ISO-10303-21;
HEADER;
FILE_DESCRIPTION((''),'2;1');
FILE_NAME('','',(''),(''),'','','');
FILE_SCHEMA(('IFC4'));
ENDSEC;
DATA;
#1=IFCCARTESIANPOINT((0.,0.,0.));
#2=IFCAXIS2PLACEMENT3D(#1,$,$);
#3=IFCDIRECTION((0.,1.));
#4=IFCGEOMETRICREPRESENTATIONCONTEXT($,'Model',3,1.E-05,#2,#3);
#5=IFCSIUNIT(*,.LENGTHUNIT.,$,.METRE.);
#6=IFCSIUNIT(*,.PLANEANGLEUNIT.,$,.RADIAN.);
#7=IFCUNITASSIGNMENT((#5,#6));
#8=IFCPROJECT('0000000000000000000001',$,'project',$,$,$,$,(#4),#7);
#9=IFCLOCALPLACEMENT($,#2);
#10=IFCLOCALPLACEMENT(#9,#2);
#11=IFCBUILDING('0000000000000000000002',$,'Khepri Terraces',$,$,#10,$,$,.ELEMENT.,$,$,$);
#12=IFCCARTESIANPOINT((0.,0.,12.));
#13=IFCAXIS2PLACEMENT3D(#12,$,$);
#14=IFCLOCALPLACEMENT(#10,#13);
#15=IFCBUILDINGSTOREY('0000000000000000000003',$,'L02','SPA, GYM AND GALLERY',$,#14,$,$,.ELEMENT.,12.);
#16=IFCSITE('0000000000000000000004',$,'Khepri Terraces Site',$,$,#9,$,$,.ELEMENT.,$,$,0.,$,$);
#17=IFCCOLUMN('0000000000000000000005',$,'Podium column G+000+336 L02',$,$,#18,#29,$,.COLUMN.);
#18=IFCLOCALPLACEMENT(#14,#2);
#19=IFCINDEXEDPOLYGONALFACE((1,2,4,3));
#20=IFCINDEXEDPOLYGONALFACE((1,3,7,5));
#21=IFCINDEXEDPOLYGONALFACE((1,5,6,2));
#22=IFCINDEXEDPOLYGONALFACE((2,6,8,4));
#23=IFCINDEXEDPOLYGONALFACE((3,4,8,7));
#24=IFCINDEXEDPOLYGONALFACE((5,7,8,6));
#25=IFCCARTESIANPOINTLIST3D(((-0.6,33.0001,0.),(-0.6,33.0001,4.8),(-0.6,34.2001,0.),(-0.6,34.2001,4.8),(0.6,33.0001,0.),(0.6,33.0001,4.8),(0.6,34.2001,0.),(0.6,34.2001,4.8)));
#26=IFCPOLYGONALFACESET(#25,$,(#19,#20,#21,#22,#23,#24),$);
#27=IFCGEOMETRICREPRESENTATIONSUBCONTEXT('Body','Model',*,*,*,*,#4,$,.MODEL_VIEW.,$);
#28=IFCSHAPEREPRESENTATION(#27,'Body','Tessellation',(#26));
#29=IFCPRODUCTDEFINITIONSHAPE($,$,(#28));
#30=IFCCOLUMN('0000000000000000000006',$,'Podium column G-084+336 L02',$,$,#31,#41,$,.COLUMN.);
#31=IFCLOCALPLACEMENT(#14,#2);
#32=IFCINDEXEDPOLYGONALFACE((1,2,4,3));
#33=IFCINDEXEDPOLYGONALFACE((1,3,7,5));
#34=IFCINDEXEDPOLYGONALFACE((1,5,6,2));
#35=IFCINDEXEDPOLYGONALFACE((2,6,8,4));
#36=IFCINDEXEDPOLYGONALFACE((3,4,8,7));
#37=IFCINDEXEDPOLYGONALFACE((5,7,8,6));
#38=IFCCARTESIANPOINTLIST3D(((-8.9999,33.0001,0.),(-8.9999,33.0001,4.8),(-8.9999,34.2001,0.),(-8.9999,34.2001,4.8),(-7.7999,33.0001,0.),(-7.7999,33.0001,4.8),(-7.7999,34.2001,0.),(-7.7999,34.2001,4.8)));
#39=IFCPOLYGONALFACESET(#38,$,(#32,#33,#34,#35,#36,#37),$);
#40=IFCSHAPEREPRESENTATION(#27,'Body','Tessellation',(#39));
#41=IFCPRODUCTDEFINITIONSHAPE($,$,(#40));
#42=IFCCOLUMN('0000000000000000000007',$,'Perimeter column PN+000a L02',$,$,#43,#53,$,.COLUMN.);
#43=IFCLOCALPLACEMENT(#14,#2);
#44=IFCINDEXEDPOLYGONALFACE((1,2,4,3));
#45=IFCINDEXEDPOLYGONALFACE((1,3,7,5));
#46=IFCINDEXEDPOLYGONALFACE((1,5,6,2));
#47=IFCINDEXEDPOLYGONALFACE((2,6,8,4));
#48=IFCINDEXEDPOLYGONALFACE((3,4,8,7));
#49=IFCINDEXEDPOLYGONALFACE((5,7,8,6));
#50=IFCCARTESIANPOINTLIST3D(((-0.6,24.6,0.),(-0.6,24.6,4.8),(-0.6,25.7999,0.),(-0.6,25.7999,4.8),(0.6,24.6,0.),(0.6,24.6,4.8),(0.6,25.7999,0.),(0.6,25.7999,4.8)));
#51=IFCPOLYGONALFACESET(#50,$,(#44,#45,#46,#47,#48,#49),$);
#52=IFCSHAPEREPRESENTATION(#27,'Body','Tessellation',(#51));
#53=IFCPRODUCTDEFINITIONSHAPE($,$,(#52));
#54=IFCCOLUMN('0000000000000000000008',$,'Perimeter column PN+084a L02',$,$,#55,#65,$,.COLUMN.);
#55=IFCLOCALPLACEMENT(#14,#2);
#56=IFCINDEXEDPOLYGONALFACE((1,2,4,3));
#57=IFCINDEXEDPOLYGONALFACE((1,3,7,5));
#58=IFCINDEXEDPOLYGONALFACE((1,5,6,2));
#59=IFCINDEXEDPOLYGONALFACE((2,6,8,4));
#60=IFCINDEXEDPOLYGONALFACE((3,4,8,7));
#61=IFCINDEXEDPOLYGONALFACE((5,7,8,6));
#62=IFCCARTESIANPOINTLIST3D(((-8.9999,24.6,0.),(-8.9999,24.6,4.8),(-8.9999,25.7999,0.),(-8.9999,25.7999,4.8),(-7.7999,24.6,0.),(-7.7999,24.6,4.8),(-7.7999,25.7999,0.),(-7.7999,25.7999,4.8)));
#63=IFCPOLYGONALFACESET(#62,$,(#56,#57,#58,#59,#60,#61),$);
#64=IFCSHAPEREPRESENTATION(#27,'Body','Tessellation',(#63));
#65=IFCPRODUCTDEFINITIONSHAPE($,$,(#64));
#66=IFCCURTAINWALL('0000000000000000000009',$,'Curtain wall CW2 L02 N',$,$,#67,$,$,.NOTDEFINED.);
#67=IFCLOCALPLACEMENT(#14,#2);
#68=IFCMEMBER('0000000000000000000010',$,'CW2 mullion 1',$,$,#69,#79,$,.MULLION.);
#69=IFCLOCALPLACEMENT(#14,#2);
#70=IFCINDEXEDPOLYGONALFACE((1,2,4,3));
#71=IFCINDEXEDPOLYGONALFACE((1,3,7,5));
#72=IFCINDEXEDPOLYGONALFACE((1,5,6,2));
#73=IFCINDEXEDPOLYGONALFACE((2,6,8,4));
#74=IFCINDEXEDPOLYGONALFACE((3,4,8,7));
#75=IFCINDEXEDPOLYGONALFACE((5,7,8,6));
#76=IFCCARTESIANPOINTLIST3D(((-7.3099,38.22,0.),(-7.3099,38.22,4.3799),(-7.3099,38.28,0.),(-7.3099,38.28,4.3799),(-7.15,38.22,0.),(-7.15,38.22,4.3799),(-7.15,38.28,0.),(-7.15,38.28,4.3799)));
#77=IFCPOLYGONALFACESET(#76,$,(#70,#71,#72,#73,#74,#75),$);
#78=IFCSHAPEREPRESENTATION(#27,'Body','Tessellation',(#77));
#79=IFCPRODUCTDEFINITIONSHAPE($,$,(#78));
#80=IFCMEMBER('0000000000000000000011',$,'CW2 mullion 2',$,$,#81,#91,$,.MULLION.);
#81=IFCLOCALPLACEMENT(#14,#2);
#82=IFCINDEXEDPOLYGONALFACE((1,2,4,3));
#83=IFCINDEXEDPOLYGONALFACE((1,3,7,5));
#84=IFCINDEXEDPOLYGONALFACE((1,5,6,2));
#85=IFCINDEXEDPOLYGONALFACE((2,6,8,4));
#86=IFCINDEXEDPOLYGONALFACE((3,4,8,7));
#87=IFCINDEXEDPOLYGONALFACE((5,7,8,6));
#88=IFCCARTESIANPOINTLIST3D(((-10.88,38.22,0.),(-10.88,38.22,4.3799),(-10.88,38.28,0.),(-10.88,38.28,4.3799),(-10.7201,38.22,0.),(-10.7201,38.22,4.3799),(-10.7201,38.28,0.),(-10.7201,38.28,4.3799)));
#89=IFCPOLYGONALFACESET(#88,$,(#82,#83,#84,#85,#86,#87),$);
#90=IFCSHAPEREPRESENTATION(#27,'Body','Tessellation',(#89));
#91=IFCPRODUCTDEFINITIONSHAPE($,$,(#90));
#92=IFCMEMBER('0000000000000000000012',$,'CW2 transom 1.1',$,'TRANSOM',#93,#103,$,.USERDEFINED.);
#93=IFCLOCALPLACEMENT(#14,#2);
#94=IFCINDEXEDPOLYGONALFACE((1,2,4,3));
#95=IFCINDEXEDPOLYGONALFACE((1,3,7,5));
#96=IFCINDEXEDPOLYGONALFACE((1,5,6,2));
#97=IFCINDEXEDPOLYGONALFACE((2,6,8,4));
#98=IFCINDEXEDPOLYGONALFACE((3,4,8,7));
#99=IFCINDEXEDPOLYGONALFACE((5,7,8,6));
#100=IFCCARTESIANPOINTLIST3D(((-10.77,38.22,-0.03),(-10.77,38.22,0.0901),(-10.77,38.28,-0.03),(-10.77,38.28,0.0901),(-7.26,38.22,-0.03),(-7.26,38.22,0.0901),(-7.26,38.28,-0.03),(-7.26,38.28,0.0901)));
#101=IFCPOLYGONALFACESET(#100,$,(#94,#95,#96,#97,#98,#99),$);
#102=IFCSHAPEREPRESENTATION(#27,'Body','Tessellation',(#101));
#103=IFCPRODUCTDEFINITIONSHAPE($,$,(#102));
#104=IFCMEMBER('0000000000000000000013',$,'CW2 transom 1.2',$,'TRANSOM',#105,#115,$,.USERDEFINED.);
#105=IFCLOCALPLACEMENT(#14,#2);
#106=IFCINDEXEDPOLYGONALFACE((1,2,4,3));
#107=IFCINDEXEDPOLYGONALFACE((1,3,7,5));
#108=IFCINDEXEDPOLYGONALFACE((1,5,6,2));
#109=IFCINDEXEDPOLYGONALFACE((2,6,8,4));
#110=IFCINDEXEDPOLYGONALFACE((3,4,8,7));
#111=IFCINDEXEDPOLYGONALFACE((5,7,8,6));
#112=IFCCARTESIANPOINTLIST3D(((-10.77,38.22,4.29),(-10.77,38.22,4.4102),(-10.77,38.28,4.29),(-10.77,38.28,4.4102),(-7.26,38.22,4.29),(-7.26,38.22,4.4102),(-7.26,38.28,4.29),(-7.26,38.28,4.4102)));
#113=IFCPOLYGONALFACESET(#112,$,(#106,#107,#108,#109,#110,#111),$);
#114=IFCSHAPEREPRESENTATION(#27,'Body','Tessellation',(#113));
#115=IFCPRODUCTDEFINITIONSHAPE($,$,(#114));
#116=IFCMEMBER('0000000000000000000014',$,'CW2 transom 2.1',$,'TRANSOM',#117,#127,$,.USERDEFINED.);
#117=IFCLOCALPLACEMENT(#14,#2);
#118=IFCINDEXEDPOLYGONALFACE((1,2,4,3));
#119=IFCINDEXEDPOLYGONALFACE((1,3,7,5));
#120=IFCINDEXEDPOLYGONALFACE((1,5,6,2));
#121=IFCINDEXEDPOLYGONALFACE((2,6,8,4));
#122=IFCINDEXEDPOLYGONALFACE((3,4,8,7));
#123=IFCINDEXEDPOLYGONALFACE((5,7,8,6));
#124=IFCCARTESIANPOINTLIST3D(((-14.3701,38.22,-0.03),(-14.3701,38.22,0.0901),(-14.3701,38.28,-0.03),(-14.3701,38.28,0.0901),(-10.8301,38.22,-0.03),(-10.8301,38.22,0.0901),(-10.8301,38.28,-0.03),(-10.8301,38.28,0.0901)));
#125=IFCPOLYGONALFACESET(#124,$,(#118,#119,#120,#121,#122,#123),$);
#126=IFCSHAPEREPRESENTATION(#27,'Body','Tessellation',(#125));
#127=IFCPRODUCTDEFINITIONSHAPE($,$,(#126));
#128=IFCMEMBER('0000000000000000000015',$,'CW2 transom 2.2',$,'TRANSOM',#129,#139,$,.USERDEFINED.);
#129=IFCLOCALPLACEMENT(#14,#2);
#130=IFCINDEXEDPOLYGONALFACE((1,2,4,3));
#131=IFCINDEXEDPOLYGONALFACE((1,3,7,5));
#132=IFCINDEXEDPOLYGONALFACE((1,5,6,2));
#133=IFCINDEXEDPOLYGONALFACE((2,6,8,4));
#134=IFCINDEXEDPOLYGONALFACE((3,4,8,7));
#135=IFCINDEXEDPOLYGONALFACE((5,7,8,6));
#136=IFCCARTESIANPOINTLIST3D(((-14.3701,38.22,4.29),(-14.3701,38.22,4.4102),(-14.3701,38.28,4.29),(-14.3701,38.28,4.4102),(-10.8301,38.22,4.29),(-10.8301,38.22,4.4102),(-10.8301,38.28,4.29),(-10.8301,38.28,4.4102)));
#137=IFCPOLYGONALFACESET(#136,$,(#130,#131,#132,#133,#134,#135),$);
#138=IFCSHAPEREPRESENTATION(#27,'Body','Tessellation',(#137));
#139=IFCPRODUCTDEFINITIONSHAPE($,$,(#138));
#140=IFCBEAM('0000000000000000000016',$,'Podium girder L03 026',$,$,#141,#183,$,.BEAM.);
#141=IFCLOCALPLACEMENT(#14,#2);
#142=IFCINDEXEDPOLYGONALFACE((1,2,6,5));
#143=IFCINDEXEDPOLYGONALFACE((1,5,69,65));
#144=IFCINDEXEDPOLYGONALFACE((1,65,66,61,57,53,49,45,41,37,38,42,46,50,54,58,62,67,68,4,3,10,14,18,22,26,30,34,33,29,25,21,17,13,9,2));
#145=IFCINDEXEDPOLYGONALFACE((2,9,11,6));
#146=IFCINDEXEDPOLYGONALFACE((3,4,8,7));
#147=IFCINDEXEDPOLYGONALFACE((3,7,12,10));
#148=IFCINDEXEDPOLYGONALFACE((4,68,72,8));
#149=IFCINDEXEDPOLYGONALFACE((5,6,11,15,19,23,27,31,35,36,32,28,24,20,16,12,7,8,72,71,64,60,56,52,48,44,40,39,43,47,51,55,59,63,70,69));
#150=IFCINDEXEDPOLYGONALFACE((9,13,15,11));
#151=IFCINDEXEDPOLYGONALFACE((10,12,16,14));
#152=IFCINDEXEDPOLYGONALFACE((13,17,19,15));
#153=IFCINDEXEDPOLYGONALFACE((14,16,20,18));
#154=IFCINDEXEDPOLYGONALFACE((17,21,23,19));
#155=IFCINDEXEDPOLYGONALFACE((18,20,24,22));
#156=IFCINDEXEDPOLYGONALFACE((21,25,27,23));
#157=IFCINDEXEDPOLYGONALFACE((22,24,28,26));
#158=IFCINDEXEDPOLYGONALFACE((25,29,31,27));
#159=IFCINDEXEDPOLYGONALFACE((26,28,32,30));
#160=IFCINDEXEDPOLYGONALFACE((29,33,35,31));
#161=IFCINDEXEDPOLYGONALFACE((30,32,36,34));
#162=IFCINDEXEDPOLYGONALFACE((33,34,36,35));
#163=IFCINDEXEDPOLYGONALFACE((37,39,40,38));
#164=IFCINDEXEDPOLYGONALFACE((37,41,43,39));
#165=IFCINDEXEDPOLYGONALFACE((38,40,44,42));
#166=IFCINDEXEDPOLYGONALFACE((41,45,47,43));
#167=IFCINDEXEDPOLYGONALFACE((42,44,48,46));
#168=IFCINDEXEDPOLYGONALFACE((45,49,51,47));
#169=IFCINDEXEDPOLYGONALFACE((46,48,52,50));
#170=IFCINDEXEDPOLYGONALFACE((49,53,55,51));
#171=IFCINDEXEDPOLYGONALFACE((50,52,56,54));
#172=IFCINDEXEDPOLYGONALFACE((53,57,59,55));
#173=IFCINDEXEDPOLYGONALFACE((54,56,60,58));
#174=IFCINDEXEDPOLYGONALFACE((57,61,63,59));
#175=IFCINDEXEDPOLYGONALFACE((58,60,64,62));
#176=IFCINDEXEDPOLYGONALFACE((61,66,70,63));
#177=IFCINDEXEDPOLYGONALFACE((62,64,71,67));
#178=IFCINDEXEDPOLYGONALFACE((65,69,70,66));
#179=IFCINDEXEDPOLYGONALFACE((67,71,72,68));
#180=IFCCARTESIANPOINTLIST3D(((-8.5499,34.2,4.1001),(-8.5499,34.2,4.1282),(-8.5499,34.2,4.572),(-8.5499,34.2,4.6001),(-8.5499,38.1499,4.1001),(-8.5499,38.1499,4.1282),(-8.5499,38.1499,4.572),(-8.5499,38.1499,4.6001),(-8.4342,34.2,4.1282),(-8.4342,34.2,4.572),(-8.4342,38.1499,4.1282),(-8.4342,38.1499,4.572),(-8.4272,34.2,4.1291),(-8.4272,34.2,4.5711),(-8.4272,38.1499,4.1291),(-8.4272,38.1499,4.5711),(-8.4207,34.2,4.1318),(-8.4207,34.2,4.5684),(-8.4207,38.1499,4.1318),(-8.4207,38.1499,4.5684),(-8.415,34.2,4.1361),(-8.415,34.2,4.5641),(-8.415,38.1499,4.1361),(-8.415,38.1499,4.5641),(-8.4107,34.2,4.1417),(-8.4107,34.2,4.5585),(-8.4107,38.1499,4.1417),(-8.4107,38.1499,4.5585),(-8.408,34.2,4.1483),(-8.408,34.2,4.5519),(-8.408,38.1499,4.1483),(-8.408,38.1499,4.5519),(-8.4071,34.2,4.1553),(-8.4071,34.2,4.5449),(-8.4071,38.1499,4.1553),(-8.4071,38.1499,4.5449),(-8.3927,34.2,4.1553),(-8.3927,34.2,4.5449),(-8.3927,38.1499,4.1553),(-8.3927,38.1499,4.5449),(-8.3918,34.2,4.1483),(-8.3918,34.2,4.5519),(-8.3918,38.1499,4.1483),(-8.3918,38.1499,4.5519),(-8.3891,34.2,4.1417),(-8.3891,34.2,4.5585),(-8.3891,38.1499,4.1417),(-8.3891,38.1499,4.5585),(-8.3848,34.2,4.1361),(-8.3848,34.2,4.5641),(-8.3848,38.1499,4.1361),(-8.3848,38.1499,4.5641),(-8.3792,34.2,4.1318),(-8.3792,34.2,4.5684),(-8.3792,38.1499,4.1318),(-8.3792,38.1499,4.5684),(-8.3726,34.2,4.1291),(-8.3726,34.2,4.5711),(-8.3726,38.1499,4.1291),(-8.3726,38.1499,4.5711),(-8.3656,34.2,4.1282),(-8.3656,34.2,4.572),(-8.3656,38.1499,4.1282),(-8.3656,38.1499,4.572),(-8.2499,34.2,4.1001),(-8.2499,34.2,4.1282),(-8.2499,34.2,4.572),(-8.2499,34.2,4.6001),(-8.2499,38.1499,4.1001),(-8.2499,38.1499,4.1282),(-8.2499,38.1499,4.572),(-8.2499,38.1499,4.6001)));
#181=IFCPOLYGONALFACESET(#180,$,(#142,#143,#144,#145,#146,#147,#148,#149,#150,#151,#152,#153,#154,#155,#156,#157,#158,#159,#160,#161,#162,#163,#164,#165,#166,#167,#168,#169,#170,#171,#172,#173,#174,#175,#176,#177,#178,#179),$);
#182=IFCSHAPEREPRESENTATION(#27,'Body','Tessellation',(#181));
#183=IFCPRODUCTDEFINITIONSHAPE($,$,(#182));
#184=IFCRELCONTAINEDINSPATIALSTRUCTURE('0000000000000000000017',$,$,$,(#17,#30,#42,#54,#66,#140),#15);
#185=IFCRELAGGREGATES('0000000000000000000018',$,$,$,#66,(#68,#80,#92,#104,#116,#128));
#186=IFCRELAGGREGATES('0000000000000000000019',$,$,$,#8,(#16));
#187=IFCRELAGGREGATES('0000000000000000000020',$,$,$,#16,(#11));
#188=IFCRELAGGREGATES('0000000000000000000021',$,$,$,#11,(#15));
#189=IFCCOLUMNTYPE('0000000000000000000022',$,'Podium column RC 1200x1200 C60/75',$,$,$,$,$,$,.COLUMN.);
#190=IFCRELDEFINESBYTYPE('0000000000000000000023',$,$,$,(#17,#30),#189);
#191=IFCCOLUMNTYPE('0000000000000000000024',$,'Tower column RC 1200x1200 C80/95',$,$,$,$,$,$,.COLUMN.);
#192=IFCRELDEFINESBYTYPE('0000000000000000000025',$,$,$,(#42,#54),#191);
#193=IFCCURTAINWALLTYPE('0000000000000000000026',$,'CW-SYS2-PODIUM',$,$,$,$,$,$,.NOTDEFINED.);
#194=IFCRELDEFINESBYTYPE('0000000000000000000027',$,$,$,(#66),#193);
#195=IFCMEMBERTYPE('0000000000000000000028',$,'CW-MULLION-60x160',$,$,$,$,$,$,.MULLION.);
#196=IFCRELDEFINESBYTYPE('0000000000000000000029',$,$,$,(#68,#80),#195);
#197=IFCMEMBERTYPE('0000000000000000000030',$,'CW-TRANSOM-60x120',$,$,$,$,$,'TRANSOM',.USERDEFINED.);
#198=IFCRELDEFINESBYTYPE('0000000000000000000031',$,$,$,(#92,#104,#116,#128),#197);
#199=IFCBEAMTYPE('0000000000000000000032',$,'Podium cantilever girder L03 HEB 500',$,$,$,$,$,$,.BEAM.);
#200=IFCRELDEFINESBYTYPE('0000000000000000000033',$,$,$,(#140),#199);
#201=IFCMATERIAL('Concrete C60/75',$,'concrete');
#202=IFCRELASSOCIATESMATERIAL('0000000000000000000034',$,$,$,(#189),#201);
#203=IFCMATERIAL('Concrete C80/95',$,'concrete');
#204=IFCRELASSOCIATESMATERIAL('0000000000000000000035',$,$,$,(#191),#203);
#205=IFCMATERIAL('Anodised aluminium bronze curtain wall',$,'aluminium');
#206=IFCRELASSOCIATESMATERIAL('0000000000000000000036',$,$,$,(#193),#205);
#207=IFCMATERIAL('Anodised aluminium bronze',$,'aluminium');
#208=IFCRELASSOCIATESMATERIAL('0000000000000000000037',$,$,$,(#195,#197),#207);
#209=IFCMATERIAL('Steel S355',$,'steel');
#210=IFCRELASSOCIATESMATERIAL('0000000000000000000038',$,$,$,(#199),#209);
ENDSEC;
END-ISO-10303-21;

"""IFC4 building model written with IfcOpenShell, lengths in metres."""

from ifc_helpers import new_model, si_unit, direction, frame, origin, origin_2d, place, context, subcontext, project, spatial, rectangle, i_section, extrude, material, material_profile, profile_set, type_object, element, aggregate, save


model = new_model("IFC4")

# Units and contexts
model_context = context("Model", 3, precision=1e-05, world=origin(), true_north=direction((0.0, 1.0)))
body_context = subcontext(model_context, "Body", "Model", "MODEL_VIEW")
ifc_project = project(units=[si_unit("LENGTHUNIT", "METRE"), si_unit("PLANEANGLEUNIT", "RADIAN")], contexts=[model_context])

# Site, building, storey
site_placement = place(None, origin())
site = spatial("IfcSite", under=ifc_project, at=site_placement, Name="Khepri Terraces Site", CompositionType="ELEMENT", RefElevation=0.0)
building_placement = place(site_placement, origin())
building = spatial("IfcBuilding", under=site, at=building_placement, Name="Khepri Terraces", CompositionType="ELEMENT")
storey_placement = place(building_placement, frame((0.0, 0.0, 12.0)))
storey = spatial("IfcBuildingStorey", under=building, at=storey_placement, Name="L02", Description="SPA, GYM AND GALLERY", CompositionType="ELEMENT", Elevation=12.0)

# Columns
ifc_material_1 = material(Name="Concrete C60/75", Category="concrete")
ifc_material_profile_1 = material_profile(ifc_material_1, rectangle(XDim=1.2, YDim=1.2, at=origin_2d()), Name="Concrete C60/75", Category="concrete")
ifc_profile_set_1 = profile_set([ifc_material_profile_1], Name="Concrete C60/75")
column_type_1 = type_object("IfcColumnType", Name="Podium column RC 1200x1200 C60/75", PredefinedType="COLUMN", material=ifc_profile_set_1)
for number, where, z_axis, x_axis, name in (
    (1, (0.0, 33.6001, 0.0), (0.0, 0.0, 1.0), (1.0, 0.0, 0.0), "Podium column G+000+336 L02"),
    (2, (-8.3999, 33.6001, 0.0), (0.0, 0.0, 1.0), (1.0, 0.0, 0.0), "Podium column G-084+336 L02"),
):
    element("IfcColumn", number, at=place(storey_placement, frame(where, z_axis=z_axis, x_axis=x_axis)), inside=storey, type_object=column_type_1, Name=name, PredefinedType="COLUMN", context=body_context, shape_type="SweptSolid", body=[
        extrude(rectangle(XDim=1.2, YDim=1.2, at=origin_2d()), origin(), (0.0, 0.0, 1.0), 4.8),
    ])
ifc_material_2 = material(Name="Concrete C80/95", Category="concrete")
ifc_material_profile_2 = material_profile(ifc_material_2, rectangle(XDim=1.2, YDim=1.2, at=origin_2d()), Name="Concrete C80/95", Category="concrete")
ifc_profile_set_2 = profile_set([ifc_material_profile_2], Name="Concrete C80/95")
column_type_2 = type_object("IfcColumnType", Name="Tower column RC 1200x1200 C80/95", PredefinedType="COLUMN", material=ifc_profile_set_2)
for number, where, z_axis, x_axis, name in (
    (3, (0.0, 25.2, 0.0), (0.0, 0.0, 1.0), (1.0, 0.0, 0.0), "Perimeter column PN+000a L02"),
    (4, (-8.3999, 25.2, 0.0), (0.0, 0.0, 1.0), (1.0, 0.0, 0.0), "Perimeter column PN+084a L02"),
):
    element("IfcColumn", number, at=place(storey_placement, frame(where, z_axis=z_axis, x_axis=x_axis)), inside=storey, type_object=column_type_2, Name=name, PredefinedType="COLUMN", context=body_context, shape_type="SweptSolid", body=[
        extrude(rectangle(XDim=1.2, YDim=1.2, at=origin_2d()), origin(), (0.0, 0.0, 1.0), 4.8),
    ])

# Curtain wall, members
ifc_material_3 = material(Name="Anodised aluminium bronze curtain wall", Category="aluminium")
curtain_wall_type = type_object("IfcCurtainWallType", Name="CW-SYS2-PODIUM", PredefinedType="NOTDEFINED", material=ifc_material_3)
curtain_wall_placement = place(storey_placement, origin())
curtain_wall = element("IfcCurtainWall", 5, at=curtain_wall_placement, inside=storey, type_object=curtain_wall_type, Name="Curtain wall CW2 L02 N", PredefinedType="NOTDEFINED")
ifc_material_4 = material(Name="Anodised aluminium bronze", Category="aluminium")
ifc_material_profile_3 = material_profile(ifc_material_4, rectangle(XDim=0.0601, YDim=0.1599, at=origin_2d()), Name="Anodised aluminium bronze", Category="aluminium")
ifc_profile_set_3 = profile_set([ifc_material_profile_3], Name="Anodised aluminium bronze")
member_type_1 = type_object("IfcMemberType", Name="CW-MULLION-60x160", PredefinedType="MULLION", material=ifc_profile_set_3)
member_1_placement = place(storey_placement, frame((-7.23, 38.25, 0.0), z_axis=(0.0, 0.0, 1.0), x_axis=(0.0, -1.0, 0.0)))
member_1 = element("IfcMember", 6, at=member_1_placement, type_object=member_type_1, Name="CW2 mullion 1", PredefinedType="MULLION", context=body_context, shape_type="SweptSolid", body=[
    extrude(rectangle(XDim=0.0601, YDim=0.1599, at=origin_2d()), origin(), (0.0, 0.0, 1.0), 4.3799),
])
member_2_placement = place(storey_placement, frame((-10.8, 38.25, 0.0), z_axis=(0.0, 0.0, 1.0), x_axis=(0.0, -1.0, 0.0)))
member_2 = element("IfcMember", 7, at=member_2_placement, type_object=member_type_1, Name="CW2 mullion 2", PredefinedType="MULLION", context=body_context, shape_type="SweptSolid", body=[
    extrude(rectangle(XDim=0.0601, YDim=0.1599, at=origin_2d()), origin(), (0.0, 0.0, 1.0), 4.3799),
])
ifc_material_profile_4 = material_profile(ifc_material_4, rectangle(XDim=0.0601, YDim=0.1201, at=origin_2d()), Name="Anodised aluminium bronze", Category="aluminium")
ifc_profile_set_4 = profile_set([ifc_material_profile_4], Name="Anodised aluminium bronze")
member_type_2 = type_object("IfcMemberType", Name="CW-TRANSOM-60x120", ElementType="TRANSOM", PredefinedType="USERDEFINED", material=ifc_profile_set_4)
member_3_placement = place(storey_placement, frame((-7.26, 38.25, 0.03), z_axis=(-1.0, 0.0, 0.0), x_axis=(0.0, -1.0, 0.0)))
member_3 = element("IfcMember", 8, at=member_3_placement, type_object=member_type_2, Name="CW2 transom 1.1", ObjectType="TRANSOM", PredefinedType="USERDEFINED", context=body_context, shape_type="SweptSolid", body=[
    extrude(rectangle(XDim=0.0601, YDim=0.1201, at=origin_2d()), origin(), (0.0, 0.0, 1.0), 3.51),
])
member_4_placement = place(storey_placement, frame((-7.26, 38.25, 4.3501), z_axis=(-1.0, 0.0, 0.0), x_axis=(0.0, -1.0, 0.0)))
member_4 = element("IfcMember", 9, at=member_4_placement, type_object=member_type_2, Name="CW2 transom 1.2", ObjectType="TRANSOM", PredefinedType="USERDEFINED", context=body_context, shape_type="SweptSolid", body=[
    extrude(rectangle(XDim=0.0601, YDim=0.1201, at=origin_2d()), origin(), (0.0, 0.0, 1.0), 3.51),
])
member_5_placement = place(storey_placement, frame((-10.8301, 38.25, 0.03), z_axis=(-1.0, 0.0, 0.0), x_axis=(0.0, -1.0, 0.0)))
member_5 = element("IfcMember", 10, at=member_5_placement, type_object=member_type_2, Name="CW2 transom 2.1", ObjectType="TRANSOM", PredefinedType="USERDEFINED", context=body_context, shape_type="SweptSolid", body=[
    extrude(rectangle(XDim=0.0601, YDim=0.1201, at=origin_2d()), origin(), (0.0, 0.0, 1.0), 3.54),
])
member_6_placement = place(storey_placement, frame((-10.8301, 38.25, 4.3501), z_axis=(-1.0, 0.0, 0.0), x_axis=(0.0, -1.0, 0.0)))
member_6 = element("IfcMember", 11, at=member_6_placement, type_object=member_type_2, Name="CW2 transom 2.2", ObjectType="TRANSOM", PredefinedType="USERDEFINED", context=body_context, shape_type="SweptSolid", body=[
    extrude(rectangle(XDim=0.0601, YDim=0.1201, at=origin_2d()), origin(), (0.0, 0.0, 1.0), 3.54),
])

# Beam
ifc_material_5 = material(Name="Steel S355", Category="steel")
ifc_material_profile_5 = material_profile(ifc_material_5, i_section(OverallWidth=0.3, OverallDepth=0.5, WebThickness=0.0144, FlangeThickness=0.0281, FilletRadius=0.0271, at=origin_2d()), Name="Steel S355", Category="steel")
ifc_profile_set_5 = profile_set([ifc_material_profile_5], Name="Steel S355")
beam_type_1 = type_object("IfcBeamType", Name="Podium cantilever girder L03 HEB 500", PredefinedType="BEAM", material=ifc_profile_set_5)
beam_1_placement = place(storey_placement, frame((-8.3999, 34.2, 4.3501), z_axis=(0.0, 1.0, 0.0), x_axis=(-1.0, 0.0, 0.0)))
element("IfcBeam", 12, at=beam_1_placement, inside=storey, type_object=beam_type_1, Name="Podium girder L03 026", PredefinedType="BEAM", context=body_context, shape_type="SweptSolid", body=[
    extrude(i_section(OverallWidth=0.3, OverallDepth=0.5, WebThickness=0.0144, FlangeThickness=0.0281, FilletRadius=0.0271, at=origin_2d()), origin(), (0.0, 0.0, 1.0), 3.95),
])

aggregate(curtain_wall, [member_1, member_2, member_3, member_4, member_5, member_6])

save(model, "model.ifc")
